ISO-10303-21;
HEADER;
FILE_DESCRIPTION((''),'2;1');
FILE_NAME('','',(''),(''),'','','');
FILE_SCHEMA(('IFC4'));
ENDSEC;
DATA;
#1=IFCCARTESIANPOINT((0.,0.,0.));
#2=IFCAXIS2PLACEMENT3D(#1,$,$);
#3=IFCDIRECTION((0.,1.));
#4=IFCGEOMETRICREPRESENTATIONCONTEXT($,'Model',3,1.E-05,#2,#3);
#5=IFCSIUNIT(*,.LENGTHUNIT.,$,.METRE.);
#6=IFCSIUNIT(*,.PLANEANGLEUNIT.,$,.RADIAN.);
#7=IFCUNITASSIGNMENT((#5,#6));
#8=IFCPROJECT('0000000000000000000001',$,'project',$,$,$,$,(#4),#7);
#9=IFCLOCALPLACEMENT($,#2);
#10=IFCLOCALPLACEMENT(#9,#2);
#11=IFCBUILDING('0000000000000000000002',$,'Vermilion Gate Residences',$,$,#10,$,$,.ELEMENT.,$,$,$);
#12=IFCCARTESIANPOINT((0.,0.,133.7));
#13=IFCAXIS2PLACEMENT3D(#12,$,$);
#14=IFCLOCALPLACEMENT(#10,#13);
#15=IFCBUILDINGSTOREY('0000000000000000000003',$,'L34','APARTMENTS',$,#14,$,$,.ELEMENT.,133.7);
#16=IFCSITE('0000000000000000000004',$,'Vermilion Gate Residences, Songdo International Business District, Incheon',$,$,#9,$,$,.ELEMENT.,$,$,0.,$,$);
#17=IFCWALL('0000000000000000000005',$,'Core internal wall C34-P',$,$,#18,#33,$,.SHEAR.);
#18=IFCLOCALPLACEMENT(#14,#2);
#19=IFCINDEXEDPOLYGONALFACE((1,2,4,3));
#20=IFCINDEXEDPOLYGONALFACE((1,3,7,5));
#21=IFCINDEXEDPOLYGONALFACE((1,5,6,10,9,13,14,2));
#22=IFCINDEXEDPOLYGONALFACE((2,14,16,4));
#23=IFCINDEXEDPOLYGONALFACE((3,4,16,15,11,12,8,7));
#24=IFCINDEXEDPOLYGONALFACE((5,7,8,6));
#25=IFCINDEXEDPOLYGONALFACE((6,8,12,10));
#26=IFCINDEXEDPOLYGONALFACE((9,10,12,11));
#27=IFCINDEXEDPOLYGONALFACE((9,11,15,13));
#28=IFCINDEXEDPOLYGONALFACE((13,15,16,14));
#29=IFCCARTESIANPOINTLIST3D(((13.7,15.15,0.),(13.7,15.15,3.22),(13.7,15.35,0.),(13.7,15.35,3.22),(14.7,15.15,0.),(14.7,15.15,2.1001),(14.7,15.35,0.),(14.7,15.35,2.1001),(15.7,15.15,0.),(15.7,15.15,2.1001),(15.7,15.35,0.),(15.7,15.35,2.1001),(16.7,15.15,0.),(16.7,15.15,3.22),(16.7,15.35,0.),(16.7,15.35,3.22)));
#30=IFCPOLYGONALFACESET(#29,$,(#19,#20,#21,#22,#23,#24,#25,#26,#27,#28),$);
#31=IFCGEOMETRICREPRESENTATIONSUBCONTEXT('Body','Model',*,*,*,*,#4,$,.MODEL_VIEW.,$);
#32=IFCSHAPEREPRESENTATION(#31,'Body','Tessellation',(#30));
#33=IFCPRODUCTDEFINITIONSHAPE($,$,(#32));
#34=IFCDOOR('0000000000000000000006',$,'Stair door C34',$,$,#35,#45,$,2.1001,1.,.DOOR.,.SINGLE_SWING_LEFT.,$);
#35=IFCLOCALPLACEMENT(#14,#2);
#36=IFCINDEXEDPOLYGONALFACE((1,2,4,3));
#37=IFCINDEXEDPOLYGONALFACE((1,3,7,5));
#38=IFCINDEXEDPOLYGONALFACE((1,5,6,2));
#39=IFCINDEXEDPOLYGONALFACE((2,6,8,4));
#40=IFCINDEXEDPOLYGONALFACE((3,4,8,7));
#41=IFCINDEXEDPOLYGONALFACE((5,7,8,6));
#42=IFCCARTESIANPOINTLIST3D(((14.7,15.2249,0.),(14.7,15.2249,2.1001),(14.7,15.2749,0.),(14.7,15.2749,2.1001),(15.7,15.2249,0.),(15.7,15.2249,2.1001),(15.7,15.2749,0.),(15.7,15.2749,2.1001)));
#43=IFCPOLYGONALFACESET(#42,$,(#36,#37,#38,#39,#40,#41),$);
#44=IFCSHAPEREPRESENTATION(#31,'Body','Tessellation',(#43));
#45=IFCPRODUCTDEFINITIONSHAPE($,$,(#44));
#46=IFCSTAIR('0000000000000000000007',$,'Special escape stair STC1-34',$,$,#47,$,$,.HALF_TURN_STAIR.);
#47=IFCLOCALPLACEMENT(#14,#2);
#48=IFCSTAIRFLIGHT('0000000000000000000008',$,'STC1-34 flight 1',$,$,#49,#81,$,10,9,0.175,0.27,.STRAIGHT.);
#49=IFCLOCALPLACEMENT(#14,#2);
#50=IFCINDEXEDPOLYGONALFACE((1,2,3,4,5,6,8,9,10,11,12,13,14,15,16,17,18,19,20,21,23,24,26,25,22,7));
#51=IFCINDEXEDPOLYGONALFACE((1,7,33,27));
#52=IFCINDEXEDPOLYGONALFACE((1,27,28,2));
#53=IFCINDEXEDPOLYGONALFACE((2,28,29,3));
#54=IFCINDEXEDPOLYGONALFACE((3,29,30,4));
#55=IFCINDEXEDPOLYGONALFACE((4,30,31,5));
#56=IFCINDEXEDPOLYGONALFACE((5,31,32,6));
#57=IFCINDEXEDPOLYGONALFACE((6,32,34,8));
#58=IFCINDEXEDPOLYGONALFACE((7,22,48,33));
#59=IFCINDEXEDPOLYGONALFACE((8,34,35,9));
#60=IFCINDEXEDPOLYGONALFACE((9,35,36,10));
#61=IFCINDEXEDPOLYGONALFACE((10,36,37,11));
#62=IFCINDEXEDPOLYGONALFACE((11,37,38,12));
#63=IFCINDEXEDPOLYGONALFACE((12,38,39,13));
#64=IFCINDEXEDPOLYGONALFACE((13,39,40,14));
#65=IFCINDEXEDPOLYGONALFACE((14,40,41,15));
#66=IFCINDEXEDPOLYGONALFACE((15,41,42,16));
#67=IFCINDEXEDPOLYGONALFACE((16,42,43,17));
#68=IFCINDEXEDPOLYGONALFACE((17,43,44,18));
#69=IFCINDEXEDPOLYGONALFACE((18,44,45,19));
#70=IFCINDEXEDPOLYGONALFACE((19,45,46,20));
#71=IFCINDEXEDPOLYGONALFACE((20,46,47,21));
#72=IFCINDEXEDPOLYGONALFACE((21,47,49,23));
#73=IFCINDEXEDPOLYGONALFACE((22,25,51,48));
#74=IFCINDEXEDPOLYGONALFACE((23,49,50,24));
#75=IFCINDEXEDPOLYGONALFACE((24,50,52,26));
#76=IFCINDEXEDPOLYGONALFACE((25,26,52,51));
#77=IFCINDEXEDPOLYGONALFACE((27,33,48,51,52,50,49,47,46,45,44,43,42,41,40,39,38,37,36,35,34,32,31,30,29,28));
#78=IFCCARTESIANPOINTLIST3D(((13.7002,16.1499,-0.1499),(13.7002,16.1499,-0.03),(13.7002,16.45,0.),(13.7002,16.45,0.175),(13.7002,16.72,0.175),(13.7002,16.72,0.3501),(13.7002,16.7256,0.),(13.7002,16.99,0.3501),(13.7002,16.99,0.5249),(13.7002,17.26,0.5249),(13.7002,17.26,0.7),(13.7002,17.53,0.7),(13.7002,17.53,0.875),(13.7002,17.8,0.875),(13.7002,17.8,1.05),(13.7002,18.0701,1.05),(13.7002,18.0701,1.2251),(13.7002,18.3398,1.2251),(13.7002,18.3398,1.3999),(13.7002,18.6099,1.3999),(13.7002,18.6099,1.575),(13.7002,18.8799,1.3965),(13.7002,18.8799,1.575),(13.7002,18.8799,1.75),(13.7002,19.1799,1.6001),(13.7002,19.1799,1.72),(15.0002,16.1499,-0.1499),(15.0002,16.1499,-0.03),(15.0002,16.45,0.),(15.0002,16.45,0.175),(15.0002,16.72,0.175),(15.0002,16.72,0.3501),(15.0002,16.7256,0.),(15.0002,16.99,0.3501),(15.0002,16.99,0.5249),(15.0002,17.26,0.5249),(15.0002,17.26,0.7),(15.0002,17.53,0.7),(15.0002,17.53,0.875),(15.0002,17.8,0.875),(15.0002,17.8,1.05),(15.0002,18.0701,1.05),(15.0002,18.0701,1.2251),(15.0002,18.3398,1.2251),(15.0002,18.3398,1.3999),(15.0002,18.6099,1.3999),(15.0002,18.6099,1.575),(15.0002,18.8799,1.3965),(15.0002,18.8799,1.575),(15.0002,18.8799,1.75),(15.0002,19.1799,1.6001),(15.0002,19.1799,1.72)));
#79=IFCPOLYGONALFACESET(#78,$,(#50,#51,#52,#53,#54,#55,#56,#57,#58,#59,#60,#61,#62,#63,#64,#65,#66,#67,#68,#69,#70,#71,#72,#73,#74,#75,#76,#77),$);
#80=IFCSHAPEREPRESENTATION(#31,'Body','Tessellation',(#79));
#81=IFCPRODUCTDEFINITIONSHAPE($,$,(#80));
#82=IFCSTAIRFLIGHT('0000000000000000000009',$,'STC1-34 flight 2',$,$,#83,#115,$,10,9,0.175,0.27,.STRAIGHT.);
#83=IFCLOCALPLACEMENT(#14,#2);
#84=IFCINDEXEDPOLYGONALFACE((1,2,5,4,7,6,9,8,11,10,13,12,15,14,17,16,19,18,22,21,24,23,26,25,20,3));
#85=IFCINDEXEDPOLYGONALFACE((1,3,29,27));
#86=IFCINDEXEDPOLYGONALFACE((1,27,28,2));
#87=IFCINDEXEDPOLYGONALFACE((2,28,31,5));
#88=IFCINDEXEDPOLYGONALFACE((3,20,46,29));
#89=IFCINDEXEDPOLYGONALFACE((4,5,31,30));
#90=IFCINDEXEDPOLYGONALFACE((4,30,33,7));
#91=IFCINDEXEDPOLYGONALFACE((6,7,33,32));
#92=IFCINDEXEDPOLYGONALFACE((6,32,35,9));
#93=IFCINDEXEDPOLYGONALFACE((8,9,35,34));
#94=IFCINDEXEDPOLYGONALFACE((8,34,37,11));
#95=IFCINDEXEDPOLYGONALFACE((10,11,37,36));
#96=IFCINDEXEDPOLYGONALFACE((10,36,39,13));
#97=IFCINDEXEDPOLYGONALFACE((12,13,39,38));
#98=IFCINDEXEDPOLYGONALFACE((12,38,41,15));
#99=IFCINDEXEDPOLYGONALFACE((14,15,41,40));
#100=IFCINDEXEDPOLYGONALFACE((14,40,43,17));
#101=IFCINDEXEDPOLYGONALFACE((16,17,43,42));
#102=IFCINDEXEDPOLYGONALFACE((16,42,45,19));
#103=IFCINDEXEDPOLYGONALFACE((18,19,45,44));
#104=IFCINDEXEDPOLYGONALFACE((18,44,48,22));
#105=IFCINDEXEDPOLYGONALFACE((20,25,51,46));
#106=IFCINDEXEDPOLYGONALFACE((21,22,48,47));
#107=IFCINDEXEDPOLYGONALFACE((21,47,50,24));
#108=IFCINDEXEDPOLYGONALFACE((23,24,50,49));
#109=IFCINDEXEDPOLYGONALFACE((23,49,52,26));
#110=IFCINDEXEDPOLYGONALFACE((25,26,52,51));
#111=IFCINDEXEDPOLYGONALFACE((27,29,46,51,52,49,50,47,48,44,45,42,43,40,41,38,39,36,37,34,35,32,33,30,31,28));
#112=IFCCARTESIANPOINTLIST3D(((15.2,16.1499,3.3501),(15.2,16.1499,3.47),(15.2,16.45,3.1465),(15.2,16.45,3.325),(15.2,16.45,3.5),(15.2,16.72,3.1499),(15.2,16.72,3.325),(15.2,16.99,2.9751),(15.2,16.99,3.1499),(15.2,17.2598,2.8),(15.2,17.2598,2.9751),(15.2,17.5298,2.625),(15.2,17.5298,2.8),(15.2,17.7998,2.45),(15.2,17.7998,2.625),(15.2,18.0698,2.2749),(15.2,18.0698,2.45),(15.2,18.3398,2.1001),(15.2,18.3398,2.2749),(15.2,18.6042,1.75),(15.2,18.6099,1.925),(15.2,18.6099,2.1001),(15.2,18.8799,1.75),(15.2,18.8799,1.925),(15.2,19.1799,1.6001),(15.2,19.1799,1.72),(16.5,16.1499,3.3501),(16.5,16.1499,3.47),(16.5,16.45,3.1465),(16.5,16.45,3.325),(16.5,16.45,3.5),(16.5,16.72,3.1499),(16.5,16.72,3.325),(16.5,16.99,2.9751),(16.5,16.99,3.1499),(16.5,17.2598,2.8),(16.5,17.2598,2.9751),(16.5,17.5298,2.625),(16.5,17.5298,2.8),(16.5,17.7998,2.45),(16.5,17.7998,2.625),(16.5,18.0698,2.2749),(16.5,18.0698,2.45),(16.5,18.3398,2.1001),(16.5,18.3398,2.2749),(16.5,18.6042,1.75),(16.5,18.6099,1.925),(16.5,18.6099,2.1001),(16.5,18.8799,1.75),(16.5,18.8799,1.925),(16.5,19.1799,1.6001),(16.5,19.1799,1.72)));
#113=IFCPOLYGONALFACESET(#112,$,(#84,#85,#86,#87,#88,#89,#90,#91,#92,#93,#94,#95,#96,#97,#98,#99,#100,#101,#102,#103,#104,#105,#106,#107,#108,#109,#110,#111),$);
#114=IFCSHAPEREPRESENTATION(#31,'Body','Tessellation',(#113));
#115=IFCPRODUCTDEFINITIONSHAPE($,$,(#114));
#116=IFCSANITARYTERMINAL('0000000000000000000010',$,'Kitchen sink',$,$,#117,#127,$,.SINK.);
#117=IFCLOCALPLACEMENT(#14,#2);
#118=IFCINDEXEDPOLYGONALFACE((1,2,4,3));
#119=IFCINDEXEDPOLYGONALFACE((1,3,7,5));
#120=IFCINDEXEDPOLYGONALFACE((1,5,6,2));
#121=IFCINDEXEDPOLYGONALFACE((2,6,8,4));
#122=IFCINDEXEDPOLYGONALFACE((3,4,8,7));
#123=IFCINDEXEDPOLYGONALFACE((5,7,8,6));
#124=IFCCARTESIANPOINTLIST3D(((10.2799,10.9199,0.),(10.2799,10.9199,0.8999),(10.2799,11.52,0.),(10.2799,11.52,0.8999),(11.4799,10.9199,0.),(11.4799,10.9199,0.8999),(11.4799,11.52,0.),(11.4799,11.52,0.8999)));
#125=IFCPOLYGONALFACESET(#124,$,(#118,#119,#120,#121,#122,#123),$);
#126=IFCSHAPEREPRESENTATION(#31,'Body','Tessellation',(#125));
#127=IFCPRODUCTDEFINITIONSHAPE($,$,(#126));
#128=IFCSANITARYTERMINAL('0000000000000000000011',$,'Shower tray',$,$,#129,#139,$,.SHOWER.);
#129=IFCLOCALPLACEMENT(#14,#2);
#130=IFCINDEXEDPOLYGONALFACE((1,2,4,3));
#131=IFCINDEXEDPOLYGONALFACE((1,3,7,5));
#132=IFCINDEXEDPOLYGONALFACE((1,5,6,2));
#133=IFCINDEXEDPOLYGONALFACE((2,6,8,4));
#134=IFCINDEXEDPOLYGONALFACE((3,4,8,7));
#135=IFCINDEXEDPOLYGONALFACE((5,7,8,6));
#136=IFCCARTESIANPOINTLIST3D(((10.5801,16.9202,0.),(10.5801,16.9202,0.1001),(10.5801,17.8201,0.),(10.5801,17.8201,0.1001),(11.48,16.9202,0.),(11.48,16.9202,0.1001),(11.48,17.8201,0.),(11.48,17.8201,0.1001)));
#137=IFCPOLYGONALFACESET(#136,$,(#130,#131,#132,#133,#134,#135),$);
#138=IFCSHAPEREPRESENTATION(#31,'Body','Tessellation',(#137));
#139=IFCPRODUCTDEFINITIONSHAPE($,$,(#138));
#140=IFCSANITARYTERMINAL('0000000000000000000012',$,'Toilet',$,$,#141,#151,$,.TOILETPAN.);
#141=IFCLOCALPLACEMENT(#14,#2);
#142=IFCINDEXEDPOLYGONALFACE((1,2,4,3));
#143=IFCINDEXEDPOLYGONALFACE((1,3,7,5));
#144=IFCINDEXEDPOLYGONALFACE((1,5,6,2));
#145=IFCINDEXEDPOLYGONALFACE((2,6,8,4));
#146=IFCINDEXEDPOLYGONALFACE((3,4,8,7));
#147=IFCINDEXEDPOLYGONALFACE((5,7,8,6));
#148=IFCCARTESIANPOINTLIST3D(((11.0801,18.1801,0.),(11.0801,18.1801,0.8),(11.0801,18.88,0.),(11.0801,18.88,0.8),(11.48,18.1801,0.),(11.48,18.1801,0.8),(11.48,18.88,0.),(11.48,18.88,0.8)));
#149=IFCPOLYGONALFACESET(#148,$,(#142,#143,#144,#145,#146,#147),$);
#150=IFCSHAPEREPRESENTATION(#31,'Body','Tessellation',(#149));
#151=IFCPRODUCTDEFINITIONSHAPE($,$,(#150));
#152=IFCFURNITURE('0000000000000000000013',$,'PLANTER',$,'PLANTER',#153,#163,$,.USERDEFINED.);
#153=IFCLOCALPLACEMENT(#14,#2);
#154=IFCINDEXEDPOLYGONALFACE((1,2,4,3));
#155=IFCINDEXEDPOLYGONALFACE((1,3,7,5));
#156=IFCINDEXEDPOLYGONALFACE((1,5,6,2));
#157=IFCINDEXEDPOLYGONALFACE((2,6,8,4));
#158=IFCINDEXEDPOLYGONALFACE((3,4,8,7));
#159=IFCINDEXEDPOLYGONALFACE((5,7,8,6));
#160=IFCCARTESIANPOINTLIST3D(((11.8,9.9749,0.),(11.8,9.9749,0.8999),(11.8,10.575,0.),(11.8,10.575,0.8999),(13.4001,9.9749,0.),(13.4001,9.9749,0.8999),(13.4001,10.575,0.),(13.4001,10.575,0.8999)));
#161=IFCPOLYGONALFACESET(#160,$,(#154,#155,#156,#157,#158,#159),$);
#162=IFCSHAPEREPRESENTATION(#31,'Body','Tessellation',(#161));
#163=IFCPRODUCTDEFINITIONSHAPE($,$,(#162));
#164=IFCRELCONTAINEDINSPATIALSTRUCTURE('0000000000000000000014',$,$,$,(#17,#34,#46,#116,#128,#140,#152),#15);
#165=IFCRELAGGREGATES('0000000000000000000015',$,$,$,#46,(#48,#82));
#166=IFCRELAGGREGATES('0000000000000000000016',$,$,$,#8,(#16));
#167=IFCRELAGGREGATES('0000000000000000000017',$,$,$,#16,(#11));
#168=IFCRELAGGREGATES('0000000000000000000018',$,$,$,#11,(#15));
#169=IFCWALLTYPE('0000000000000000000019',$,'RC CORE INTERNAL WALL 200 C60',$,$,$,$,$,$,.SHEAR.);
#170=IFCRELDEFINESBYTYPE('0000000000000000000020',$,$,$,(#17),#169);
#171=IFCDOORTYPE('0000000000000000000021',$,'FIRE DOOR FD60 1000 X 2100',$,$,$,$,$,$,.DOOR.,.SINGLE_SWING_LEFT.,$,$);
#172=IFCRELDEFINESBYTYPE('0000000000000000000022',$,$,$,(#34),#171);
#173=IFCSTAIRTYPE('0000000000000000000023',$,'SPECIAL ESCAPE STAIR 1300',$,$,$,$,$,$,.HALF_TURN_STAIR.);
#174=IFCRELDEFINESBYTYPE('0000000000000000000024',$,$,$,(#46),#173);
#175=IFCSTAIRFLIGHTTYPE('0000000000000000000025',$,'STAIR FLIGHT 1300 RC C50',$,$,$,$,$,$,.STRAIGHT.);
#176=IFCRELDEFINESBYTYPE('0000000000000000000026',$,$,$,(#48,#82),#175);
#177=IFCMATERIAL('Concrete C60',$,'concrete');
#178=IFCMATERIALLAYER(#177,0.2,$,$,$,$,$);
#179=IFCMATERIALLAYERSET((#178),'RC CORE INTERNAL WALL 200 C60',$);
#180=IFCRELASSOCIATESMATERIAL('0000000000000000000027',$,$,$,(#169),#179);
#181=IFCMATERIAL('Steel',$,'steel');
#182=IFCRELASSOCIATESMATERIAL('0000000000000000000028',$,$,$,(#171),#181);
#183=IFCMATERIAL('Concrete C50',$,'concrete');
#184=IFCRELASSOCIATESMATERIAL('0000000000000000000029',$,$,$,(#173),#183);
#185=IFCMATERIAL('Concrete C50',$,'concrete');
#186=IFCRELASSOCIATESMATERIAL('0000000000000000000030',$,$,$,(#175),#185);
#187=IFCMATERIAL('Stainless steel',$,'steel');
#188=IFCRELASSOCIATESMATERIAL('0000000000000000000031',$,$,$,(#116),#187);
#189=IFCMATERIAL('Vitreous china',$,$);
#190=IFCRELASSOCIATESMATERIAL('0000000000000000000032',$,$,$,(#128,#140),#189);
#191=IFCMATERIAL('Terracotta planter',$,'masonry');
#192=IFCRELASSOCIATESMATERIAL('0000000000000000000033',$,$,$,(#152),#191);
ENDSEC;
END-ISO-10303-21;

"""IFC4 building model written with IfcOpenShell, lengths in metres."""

from ifc_helpers import new_model, si_unit, direction, frame, frame_2d, origin, origin_2d, place, context, subcontext, project, spatial, polyline, rectangle, outline, extrude, material, layer, layer_set, type_object, element, fill, aggregate, save


model = new_model("IFC4")

# Units and contexts
model_context = context("Model", 3, precision=1e-05, world=origin(), true_north=direction((0.0, 1.0)))
body_context = subcontext(model_context, "Body", "Model", "MODEL_VIEW")
ifc_project = project(units=[si_unit("LENGTHUNIT", "METRE"), si_unit("PLANEANGLEUNIT", "RADIAN")], contexts=[model_context])

# Site, building, storey
site_placement = place(None, origin())
site = spatial("IfcSite", under=ifc_project, at=site_placement, Name="Vermilion Gate Residences, Songdo International Business District, Incheon", CompositionType="ELEMENT", RefElevation=0.0)
building_placement = place(site_placement, origin())
building = spatial("IfcBuilding", under=site, at=building_placement, Name="Vermilion Gate Residences", CompositionType="ELEMENT")
storey_placement = place(building_placement, frame((0.0, 0.0, 133.7)))
storey = spatial("IfcBuildingStorey", under=building, at=storey_placement, Name="L34", Description="APARTMENTS", CompositionType="ELEMENT", Elevation=133.7)

# Shared definitions
ifc_material_1 = material(Name="Concrete C60", Category="concrete")
ifc_layer_1 = layer(ifc_material_1, 0.2)
ifc_layer_set_1 = layer_set([ifc_layer_1], Name="RC CORE INTERNAL WALL 200 C60")
wall_type_1 = type_object("IfcWallType", Name="RC CORE INTERNAL WALL 200 C60", PredefinedType="SHEAR", material=ifc_layer_set_1)
ifc_material_2 = material(Name="Steel", Category="steel")
door_type_1 = type_object("IfcDoorType", Name="FIRE DOOR FD60 1000 X 2100", OperationType="SINGLE_SWING_LEFT", PredefinedType="DOOR", material=ifc_material_2)

# Wall, opening, door
wall_1_placement = place(storey_placement, frame((13.7, 15.25, 0.0), z_axis=(0.0, 0.0, 1.0), x_axis=(1.0, 0.0, 0.0)))
wall_1 = element("IfcWall", 1, at=wall_1_placement, inside=storey, type_object=wall_type_1, Name="Core internal wall C34-P", PredefinedType="SHEAR", context=body_context, shape_type="SweptSolid", body=[
    extrude(rectangle(XDim=3.0, YDim=0.2, at=frame_2d((1.5, 0.0))), origin(), (0.0, 0.0, 1.0), 3.22),
])
opening_1_placement = place(wall_1_placement, frame((1.0, 0.0, 0.0)))
opening_1 = element("IfcOpeningElement", 2, at=opening_1_placement, cuts=wall_1, PredefinedType="OPENING", context=body_context, shape_type="SweptSolid", body=[
    extrude(rectangle(XDim=1.0, YDim=2.1001, at=frame_2d((0.5, 1.05))), frame((0.0, 0.1099, 0.0), z_axis=(0.0, -1.0, 0.0), x_axis=(1.0, 0.0, 0.0)), (0.0, 0.0, 1.0), 0.22),
])
door_1_placement = place(opening_1_placement, origin())
door_1 = element("IfcDoor", 3, at=door_1_placement, inside=storey, type_object=door_type_1, Name="Stair door C34", OperationType="SINGLE_SWING_LEFT", OverallHeight=2.1001, OverallWidth=1.0, PredefinedType="DOOR", context=body_context, shape_type="SweptSolid", body=[
    extrude(rectangle(XDim=1.0, YDim=2.1001, at=frame_2d((0.5, 1.05))), frame((0.0, 0.0249, 0.0), z_axis=(0.0, -1.0, 0.0), x_axis=(1.0, 0.0, 0.0)), (0.0, 0.0, 1.0), 0.05),
])
fill(opening_1, door_1)

# Stair, stair flights
ifc_material_3 = material(Name="Concrete C50", Category="concrete")
stair_type = type_object("IfcStairType", Name="SPECIAL ESCAPE STAIR 1300", PredefinedType="HALF_TURN_STAIR", material=ifc_material_3)
stair_placement = place(storey_placement, origin())
stair = element("IfcStair", 4, at=stair_placement, inside=storey, type_object=stair_type, Name="Special escape stair STC1-34", PredefinedType="HALF_TURN_STAIR")
ifc_material_4 = material(Name="Concrete C50", Category="concrete")
stair_flight_type = type_object("IfcStairFlightType", Name="STAIR FLIGHT 1300 RC C50", PredefinedType="STRAIGHT", material=ifc_material_4)
stair_flight_1_placement = place(storey_placement, frame((14.3501, 16.45, 0.0), z_axis=(0.0, 0.0, 1.0), x_axis=(0.0, 1.0, 0.0)))
stair_flight_1 = element("IfcStairFlight", 5, at=stair_flight_1_placement, type_object=stair_flight_type, Name="STC1-34 flight 1", NumberOfRisers=10, NumberOfTreads=9, PredefinedType="STRAIGHT", RiserHeight=0.175, TreadLength=0.27, context=body_context, shape_type="SweptSolid", body=[
    extrude(outline(polyline([(-0.3, -0.1499), (-0.3, -0.03), (0.0, 0.0), (0.0, 0.175), (0.27, 0.175), (0.27, 0.3501), (0.54, 0.3501), (0.54, 0.5249), (0.8101, 0.5249), (0.8101, 0.7), (1.0801, 0.7), (1.0801, 0.875), (1.3501, 0.875), (1.3501, 1.05), (1.6201, 1.05), (1.6201, 1.2251), (1.8899, 1.2251), (1.8899, 1.3999), (2.1599, 1.3999), (2.1599, 1.575), (2.4299, 1.575), (2.4299, 1.75), (2.73, 1.72), (2.73, 1.6001), (2.4299, 1.3965), (0.2756, 0.0), (-0.3, -0.1499)])), frame((0.0, 0.6499, 0.0), z_axis=(0.0, -1.0, 0.0), x_axis=(1.0, 0.0, 0.0)), (0.0, 0.0, 1.0), 1.3),
])
stair_flight_2_placement = place(storey_placement, frame((15.8501, 18.8799, 1.75), z_axis=(0.0, 0.0, 1.0), x_axis=(0.0, -1.0, 0.0)))
stair_flight_2 = element("IfcStairFlight", 6, at=stair_flight_2_placement, type_object=stair_flight_type, Name="STC1-34 flight 2", NumberOfRisers=10, NumberOfTreads=9, PredefinedType="STRAIGHT", RiserHeight=0.175, TreadLength=0.27, context=body_context, shape_type="SweptSolid", body=[
    extrude(outline(polyline([(-0.3, -0.1499), (-0.3, -0.03), (0.0, 0.0), (0.0, 0.175), (0.27, 0.175), (0.27, 0.3501), (0.54, 0.3501), (0.54, 0.5249), (0.8101, 0.5249), (0.8101, 0.7), (1.0801, 0.7), (1.0801, 0.875), (1.3501, 0.875), (1.3501, 1.05), (1.6201, 1.05), (1.6201, 1.2251), (1.8899, 1.2251), (1.8899, 1.3999), (2.1599, 1.3999), (2.1599, 1.575), (2.4299, 1.575), (2.4299, 1.75), (2.73, 1.72), (2.73, 1.6001), (2.4299, 1.3965), (0.2756, 0.0), (-0.3, -0.1499)])), frame((0.0, 0.6499, 0.0), z_axis=(0.0, -1.0, 0.0), x_axis=(1.0, 0.0, 0.0)), (0.0, 0.0, 1.0), 1.3),
])
aggregate(stair, [stair_flight_1, stair_flight_2])

# Sanitary terminals
ifc_material_5 = material(Name="Stainless steel", Category="steel")
sanitary_terminal_1_placement = place(storey_placement, frame((10.8799, 11.22, 0.0), z_axis=(0.0, 0.0, 1.0), x_axis=(1.0, 0.0, 0.0)))
element("IfcSanitaryTerminal", 7, at=sanitary_terminal_1_placement, inside=storey, material=ifc_material_5, Name="Kitchen sink", PredefinedType="SINK", context=body_context, shape_type="SweptSolid", body=[
    extrude(rectangle(XDim=1.2, YDim=0.6001, at=origin_2d()), origin(), (0.0, 0.0, 1.0), 0.8999),
])
ifc_material_6 = material(Name="Vitreous china")
sanitary_terminal_2_placement = place(storey_placement, frame((11.03, 17.3701, 0.0), z_axis=(0.0, 0.0, 1.0), x_axis=(1.0, 0.0, 0.0)))
element("IfcSanitaryTerminal", 8, at=sanitary_terminal_2_placement, inside=storey, material=ifc_material_6, Name="Shower tray", PredefinedType="SHOWER", context=body_context, shape_type="SweptSolid", body=[
    extrude(rectangle(XDim=0.8999, YDim=0.8999, at=origin_2d()), origin(), (0.0, 0.0, 1.0), 0.1001),
])
sanitary_terminal_3_placement = place(storey_placement, frame((11.28, 18.53, 0.0), z_axis=(0.0, 0.0, 1.0), x_axis=(1.0, 0.0, 0.0)))
element("IfcSanitaryTerminal", 9, at=sanitary_terminal_3_placement, inside=storey, material=ifc_material_6, Name="Toilet", PredefinedType="TOILETPAN", context=body_context, shape_type="SweptSolid", body=[
    extrude(rectangle(XDim=0.3999, YDim=0.7, at=origin_2d()), origin(), (0.0, 0.0, 1.0), 0.8),
])

# Furniture
ifc_material_7 = material(Name="Terracotta planter", Category="masonry")
furniture_placement = place(storey_placement, frame((12.6001, 10.2749, 0.0), z_axis=(0.0, 0.0, 1.0), x_axis=(1.0, 0.0, 0.0)))
element("IfcFurniture", 10, at=furniture_placement, inside=storey, material=ifc_material_7, Name="PLANTER", ObjectType="PLANTER", PredefinedType="USERDEFINED", context=body_context, shape_type="SweptSolid", body=[
    extrude(rectangle(XDim=1.6001, YDim=0.6001, at=origin_2d()), origin(), (0.0, 0.0, 1.0), 0.8999),
])

save(model, "model.ifc")
